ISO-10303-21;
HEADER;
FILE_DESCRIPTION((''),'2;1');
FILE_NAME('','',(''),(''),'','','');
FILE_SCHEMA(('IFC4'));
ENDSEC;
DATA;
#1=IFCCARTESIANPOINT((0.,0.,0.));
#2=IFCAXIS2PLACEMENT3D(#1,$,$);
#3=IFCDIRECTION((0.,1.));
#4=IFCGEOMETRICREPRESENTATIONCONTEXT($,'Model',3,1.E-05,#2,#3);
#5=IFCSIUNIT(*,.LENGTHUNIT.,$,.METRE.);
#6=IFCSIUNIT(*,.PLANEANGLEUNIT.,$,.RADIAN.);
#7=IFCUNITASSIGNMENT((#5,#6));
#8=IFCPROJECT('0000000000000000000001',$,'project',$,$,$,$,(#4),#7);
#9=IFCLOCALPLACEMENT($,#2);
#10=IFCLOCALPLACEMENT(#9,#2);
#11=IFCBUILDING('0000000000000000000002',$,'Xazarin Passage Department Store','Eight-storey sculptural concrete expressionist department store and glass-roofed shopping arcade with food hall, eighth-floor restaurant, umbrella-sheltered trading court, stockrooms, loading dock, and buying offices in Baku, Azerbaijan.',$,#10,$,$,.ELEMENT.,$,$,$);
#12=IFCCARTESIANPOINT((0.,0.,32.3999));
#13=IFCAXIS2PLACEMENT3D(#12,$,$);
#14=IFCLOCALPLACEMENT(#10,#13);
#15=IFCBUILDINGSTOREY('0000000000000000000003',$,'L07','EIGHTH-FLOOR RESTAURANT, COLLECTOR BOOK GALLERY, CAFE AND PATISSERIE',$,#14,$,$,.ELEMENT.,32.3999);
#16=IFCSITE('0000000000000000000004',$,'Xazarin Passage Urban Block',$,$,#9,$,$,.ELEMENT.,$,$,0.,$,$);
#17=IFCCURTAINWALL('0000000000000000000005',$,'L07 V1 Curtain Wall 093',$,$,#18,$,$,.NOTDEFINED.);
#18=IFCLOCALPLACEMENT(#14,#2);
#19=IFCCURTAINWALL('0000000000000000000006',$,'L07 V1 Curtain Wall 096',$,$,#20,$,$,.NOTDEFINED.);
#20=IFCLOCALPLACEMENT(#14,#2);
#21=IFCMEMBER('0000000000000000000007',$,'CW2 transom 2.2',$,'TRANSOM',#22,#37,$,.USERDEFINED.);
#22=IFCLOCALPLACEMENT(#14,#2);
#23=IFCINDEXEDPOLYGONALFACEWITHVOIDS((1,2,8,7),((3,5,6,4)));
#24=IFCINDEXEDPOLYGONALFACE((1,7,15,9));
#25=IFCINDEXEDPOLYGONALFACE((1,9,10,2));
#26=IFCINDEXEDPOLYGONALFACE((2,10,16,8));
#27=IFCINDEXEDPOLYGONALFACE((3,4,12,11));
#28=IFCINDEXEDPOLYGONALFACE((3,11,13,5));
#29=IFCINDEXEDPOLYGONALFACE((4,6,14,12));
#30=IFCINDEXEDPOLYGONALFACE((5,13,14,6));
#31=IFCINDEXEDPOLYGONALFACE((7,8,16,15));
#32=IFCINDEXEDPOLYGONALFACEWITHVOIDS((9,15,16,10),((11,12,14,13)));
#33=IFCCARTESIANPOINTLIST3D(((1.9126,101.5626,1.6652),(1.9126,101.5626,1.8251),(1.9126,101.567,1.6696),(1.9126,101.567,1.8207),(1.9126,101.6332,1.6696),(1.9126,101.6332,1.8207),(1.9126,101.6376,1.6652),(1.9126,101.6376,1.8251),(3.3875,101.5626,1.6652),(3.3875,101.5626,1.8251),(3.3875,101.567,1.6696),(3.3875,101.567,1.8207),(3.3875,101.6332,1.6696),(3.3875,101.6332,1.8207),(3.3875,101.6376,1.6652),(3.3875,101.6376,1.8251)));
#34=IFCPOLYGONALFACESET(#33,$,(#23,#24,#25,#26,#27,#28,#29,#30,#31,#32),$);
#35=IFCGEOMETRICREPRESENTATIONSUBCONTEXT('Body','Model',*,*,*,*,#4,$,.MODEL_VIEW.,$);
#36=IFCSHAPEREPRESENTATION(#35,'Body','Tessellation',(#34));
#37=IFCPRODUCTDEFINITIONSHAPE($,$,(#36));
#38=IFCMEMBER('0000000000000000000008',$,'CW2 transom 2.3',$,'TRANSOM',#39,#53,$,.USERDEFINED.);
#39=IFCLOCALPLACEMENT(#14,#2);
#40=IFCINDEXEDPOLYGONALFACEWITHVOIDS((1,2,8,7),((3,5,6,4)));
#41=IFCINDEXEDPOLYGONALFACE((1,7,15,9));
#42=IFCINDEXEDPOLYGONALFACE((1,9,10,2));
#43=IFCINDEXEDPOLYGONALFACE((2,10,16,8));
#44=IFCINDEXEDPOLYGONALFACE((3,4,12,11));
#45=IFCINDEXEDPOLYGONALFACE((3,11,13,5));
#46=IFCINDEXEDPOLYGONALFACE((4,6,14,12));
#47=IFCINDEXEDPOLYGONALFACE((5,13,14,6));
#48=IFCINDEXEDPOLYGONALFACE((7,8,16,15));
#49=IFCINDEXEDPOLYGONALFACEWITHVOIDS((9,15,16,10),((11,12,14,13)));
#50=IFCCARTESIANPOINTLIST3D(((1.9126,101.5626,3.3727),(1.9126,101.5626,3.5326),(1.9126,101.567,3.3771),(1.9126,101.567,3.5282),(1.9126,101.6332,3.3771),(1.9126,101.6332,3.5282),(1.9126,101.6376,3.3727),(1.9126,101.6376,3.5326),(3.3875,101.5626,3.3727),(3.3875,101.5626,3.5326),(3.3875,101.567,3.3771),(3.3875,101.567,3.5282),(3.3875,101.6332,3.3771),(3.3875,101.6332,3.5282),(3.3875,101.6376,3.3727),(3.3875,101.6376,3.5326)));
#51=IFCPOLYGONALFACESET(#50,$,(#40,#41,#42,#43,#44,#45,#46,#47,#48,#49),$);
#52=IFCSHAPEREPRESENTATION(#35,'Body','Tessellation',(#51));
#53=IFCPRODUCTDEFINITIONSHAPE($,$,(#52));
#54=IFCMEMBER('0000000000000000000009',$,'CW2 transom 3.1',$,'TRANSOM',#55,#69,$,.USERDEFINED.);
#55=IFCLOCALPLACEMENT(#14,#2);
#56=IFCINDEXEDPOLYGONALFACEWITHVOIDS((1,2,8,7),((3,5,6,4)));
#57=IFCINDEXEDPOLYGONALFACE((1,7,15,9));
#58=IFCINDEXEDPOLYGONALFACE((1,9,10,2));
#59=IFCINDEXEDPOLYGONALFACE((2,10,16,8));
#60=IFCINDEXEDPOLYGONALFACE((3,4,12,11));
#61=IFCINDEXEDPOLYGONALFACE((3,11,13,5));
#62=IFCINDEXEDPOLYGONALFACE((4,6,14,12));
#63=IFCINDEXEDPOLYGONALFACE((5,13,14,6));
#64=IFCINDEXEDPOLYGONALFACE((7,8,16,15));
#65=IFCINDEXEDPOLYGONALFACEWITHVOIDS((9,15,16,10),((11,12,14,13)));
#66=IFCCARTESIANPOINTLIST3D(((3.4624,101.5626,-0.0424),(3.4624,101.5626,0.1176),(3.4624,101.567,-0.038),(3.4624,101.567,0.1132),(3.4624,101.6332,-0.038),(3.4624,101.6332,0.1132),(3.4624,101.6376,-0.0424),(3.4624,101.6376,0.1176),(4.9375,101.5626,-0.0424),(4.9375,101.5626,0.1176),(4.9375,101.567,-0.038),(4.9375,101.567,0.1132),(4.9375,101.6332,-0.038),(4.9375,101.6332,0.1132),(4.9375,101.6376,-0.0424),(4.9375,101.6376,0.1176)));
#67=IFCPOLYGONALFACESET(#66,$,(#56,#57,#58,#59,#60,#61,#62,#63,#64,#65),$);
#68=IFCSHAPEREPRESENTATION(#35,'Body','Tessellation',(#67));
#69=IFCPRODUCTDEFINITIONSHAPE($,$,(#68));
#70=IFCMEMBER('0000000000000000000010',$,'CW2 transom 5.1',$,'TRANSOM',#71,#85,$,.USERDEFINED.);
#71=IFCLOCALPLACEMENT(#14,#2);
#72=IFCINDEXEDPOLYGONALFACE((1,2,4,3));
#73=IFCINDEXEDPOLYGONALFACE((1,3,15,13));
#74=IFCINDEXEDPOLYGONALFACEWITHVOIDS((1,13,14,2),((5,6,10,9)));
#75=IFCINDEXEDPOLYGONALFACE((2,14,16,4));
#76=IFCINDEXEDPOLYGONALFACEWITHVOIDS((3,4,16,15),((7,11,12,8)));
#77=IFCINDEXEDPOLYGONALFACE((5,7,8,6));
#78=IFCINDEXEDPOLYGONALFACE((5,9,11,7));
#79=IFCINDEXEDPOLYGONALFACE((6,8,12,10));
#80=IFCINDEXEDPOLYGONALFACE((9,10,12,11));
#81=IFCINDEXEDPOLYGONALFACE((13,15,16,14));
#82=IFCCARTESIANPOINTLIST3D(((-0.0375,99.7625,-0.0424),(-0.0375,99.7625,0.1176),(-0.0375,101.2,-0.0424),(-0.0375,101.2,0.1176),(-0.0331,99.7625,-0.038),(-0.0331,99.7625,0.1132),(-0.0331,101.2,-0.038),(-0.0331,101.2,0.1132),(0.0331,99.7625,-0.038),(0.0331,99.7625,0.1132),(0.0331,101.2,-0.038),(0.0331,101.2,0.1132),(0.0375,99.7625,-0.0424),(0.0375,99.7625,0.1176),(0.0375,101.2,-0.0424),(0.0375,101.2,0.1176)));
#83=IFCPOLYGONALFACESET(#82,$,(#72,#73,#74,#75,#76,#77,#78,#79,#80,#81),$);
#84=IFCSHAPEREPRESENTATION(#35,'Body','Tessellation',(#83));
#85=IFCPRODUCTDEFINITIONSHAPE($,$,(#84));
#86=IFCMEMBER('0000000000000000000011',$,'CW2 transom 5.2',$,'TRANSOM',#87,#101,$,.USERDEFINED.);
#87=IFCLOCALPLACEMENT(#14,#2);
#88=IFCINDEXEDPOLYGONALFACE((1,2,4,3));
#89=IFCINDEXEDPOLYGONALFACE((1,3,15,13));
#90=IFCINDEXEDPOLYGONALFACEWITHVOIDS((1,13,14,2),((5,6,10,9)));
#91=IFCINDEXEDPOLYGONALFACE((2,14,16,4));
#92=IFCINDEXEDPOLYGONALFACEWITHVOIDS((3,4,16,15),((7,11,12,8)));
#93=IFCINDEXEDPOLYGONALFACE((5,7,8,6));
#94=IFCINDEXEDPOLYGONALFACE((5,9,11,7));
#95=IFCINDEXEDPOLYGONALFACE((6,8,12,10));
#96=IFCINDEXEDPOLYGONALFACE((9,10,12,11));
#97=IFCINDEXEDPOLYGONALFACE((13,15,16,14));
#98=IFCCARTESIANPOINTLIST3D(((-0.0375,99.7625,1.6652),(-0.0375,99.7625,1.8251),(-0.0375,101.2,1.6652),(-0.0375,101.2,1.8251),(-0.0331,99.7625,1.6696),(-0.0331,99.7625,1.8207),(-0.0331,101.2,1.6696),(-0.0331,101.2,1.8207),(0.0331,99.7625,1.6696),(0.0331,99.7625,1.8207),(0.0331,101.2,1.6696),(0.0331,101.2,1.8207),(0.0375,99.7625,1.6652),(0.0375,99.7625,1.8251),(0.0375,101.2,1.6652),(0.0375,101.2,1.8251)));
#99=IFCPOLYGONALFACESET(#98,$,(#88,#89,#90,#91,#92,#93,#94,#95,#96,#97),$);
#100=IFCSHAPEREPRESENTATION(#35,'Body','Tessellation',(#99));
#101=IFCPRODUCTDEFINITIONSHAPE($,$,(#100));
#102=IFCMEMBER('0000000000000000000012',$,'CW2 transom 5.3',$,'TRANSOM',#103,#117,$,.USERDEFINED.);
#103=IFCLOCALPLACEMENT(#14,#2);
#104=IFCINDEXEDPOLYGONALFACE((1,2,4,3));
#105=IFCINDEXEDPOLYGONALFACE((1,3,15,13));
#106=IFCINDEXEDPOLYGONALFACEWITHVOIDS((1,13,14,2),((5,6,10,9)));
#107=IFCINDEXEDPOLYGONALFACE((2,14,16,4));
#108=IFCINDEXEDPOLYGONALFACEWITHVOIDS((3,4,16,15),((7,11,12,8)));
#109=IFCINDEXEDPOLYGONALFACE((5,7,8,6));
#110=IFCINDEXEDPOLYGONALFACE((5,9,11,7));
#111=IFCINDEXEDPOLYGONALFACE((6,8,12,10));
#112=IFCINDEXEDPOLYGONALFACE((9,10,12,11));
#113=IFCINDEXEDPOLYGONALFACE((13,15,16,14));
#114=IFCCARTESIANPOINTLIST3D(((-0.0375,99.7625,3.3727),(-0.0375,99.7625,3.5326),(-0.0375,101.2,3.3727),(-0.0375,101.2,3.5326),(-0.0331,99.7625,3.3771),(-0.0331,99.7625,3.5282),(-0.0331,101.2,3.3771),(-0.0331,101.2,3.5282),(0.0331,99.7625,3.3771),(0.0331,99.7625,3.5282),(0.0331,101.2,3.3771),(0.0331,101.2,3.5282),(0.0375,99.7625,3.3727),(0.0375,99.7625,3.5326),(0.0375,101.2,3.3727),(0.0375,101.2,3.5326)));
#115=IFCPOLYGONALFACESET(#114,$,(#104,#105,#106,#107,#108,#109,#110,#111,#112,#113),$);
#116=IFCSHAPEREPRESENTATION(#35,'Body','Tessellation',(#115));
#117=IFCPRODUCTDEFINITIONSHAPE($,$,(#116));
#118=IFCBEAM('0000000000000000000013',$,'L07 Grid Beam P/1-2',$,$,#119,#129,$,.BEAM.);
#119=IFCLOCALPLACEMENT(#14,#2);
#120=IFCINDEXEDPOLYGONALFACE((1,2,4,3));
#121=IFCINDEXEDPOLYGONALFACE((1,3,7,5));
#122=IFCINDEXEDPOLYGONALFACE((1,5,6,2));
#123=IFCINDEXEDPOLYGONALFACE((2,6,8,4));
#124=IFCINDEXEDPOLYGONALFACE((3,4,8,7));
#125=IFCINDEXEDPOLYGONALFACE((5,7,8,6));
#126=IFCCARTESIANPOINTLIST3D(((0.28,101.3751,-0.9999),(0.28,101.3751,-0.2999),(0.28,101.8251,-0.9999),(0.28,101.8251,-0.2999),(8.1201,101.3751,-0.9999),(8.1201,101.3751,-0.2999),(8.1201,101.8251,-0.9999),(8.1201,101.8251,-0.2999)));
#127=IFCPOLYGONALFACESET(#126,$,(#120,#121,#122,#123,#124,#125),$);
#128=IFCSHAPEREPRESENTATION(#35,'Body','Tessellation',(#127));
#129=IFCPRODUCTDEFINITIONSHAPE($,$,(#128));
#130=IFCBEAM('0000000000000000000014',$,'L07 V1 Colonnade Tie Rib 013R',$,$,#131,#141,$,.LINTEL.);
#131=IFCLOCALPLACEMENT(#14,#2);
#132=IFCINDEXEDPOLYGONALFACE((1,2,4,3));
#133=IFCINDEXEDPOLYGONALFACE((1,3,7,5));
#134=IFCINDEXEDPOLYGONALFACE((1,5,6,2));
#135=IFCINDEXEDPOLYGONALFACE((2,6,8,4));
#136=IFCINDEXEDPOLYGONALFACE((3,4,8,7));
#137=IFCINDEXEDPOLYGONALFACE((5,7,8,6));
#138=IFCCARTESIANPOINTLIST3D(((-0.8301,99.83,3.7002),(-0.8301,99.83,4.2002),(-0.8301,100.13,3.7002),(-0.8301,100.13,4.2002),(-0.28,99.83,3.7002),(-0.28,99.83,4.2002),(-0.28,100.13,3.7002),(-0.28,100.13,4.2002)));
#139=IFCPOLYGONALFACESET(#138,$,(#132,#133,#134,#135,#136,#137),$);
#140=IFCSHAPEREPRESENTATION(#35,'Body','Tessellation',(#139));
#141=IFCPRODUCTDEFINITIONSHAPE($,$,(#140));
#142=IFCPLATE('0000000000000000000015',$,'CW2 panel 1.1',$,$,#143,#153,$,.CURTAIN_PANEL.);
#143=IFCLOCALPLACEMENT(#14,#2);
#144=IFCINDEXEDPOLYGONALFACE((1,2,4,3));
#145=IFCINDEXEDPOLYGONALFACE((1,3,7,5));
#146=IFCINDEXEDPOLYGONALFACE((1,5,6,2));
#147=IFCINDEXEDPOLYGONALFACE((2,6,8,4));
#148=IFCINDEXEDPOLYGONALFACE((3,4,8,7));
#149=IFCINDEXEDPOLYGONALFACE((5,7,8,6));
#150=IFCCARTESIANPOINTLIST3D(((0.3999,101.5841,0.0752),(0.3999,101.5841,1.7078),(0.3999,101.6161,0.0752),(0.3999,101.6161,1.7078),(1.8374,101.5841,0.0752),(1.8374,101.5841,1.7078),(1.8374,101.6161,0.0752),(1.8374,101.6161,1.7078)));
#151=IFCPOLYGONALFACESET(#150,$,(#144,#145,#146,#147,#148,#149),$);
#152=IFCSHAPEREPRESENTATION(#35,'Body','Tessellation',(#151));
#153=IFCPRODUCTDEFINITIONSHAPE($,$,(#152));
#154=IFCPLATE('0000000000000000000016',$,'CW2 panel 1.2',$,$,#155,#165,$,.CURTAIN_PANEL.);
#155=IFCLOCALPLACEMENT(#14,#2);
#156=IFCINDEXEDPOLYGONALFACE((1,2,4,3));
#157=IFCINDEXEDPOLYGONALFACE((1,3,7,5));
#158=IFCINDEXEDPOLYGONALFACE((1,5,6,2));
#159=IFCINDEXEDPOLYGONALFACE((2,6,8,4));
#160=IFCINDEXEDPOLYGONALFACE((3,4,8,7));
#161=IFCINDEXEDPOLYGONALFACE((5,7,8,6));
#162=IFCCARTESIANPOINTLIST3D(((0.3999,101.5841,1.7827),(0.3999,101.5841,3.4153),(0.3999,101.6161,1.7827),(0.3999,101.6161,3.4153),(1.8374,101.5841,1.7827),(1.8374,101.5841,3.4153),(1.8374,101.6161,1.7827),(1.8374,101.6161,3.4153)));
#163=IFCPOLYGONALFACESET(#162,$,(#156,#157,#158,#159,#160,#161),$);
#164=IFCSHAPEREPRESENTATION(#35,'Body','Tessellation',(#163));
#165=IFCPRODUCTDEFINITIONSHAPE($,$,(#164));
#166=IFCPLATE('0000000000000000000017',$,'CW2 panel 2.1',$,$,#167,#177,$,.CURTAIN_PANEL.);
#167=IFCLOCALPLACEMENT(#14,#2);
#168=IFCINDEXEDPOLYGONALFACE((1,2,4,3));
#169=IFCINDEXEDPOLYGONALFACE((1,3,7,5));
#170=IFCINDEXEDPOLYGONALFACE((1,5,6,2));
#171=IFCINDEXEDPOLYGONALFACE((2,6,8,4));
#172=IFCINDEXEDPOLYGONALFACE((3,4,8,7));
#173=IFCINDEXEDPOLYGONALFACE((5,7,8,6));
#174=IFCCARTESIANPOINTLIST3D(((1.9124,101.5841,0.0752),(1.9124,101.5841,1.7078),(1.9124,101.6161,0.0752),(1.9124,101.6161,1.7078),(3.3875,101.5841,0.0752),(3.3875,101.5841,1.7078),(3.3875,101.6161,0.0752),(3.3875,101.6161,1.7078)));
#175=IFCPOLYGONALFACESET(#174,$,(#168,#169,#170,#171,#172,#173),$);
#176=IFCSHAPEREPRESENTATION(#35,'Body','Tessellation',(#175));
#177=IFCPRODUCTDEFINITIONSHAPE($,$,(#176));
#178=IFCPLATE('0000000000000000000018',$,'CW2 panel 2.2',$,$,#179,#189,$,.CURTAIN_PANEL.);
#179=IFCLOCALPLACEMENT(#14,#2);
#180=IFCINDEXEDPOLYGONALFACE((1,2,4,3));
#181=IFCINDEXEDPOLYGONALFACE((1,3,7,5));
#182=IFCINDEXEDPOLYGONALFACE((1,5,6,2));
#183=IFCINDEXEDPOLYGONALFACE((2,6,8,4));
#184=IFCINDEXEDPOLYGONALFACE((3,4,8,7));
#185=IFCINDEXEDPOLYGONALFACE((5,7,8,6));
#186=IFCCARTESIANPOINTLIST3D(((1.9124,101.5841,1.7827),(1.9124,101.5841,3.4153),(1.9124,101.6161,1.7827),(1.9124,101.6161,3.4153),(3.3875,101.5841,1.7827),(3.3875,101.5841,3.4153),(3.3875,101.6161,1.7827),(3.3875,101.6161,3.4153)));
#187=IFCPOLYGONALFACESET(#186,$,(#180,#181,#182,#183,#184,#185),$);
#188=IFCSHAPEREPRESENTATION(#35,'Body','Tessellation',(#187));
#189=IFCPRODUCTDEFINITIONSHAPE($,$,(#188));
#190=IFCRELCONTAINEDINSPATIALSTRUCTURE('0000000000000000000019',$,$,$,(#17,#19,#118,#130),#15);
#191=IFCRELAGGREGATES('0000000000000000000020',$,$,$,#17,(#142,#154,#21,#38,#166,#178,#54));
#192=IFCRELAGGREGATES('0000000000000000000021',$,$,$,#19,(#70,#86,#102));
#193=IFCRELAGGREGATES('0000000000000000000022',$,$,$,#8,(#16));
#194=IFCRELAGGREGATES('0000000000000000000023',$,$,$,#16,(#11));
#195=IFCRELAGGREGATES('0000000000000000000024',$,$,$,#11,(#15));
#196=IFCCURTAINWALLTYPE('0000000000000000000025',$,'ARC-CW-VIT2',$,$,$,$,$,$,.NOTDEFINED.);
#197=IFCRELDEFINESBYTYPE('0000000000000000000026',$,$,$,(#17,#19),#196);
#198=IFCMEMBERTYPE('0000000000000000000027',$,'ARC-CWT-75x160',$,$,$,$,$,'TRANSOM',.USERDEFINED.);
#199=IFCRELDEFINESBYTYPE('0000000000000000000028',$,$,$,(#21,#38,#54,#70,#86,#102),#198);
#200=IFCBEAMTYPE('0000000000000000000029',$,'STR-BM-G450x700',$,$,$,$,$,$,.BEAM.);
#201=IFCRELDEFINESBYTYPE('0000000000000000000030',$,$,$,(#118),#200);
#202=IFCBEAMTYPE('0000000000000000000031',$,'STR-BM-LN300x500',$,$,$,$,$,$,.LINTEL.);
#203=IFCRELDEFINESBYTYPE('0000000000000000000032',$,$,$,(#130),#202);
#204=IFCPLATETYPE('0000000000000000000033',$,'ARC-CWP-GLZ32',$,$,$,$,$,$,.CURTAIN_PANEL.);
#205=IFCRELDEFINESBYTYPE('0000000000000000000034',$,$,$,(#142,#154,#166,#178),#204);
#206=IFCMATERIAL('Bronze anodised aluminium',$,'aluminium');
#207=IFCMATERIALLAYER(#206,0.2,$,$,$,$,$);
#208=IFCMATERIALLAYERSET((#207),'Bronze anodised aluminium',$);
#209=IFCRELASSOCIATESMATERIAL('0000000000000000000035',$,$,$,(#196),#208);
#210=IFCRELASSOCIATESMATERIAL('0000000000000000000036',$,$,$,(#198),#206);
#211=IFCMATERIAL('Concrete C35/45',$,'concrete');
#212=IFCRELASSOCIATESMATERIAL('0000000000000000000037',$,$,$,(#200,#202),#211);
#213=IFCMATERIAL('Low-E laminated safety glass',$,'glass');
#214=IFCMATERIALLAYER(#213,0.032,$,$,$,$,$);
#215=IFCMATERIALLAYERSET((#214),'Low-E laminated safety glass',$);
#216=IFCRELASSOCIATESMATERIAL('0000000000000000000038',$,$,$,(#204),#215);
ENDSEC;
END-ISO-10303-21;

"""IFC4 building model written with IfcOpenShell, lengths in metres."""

from ifc_helpers import new_model, si_unit, direction, frame, origin, origin_2d, place, context, subcontext, project, spatial, rectangle, hollow_rectangle, extrude, material, layer, layer_set, material_profile, profile_set, type_object, element, aggregate, save


model = new_model("IFC4")

# Units and contexts
model_context = context("Model", 3, precision=1e-05, world=origin(), true_north=direction((0.0, 1.0)))
body_context = subcontext(model_context, "Body", "Model", "MODEL_VIEW")
ifc_project = project(units=[si_unit("LENGTHUNIT", "METRE"), si_unit("PLANEANGLEUNIT", "RADIAN")], contexts=[model_context])

# Site, building, storey
site_placement = place(None, origin())
site = spatial("IfcSite", under=ifc_project, at=site_placement, Name="Xazarin Passage Urban Block", CompositionType="ELEMENT", RefElevation=0.0)
building_placement = place(site_placement, origin())
building = spatial("IfcBuilding", under=site, at=building_placement, Name="Xazarin Passage Department Store", Description="Eight-storey sculptural concrete expressionist department store and glass-roofed shopping arcade with food hall, eighth-floor restaurant, umbrella-sheltered trading court, stockrooms, loading dock, and buying offices in Baku, Azerbaijan.", CompositionType="ELEMENT")
storey_placement = place(building_placement, frame((0.0, 0.0, 32.3999)))
storey = spatial("IfcBuildingStorey", under=building, at=storey_placement, Name="L07", Description="EIGHTH-FLOOR RESTAURANT, COLLECTOR BOOK GALLERY, CAFE AND PATISSERIE", CompositionType="ELEMENT", Elevation=32.3999)

# Curtain walls
ifc_material_1 = material(Name="Bronze anodised aluminium", Category="aluminium")
ifc_layer_1 = layer(ifc_material_1, 0.2)
ifc_layer_set_1 = layer_set([ifc_layer_1], Name="Bronze anodised aluminium")
curtain_wall_type = type_object("IfcCurtainWallType", Name="ARC-CW-VIT2", PredefinedType="NOTDEFINED", material=ifc_layer_set_1)
curtain_wall_1_placement = place(storey_placement, origin())
curtain_wall_1 = element("IfcCurtainWall", 1, at=curtain_wall_1_placement, inside=storey, type_object=curtain_wall_type, Name="L07 V1 Curtain Wall 093", PredefinedType="NOTDEFINED")
curtain_wall_2_placement = place(storey_placement, origin())
curtain_wall_2 = element("IfcCurtainWall", 2, at=curtain_wall_2_placement, inside=storey, type_object=curtain_wall_type, Name="L07 V1 Curtain Wall 096", PredefinedType="NOTDEFINED")

# Members
ifc_material_profile_1 = material_profile(ifc_material_1, hollow_rectangle(XDim=0.075, YDim=0.1599, WallThickness=0.0044, at=origin_2d()), Name="ALU 75x160")
ifc_profile_set_1 = profile_set([ifc_material_profile_1], Name="Bronze anodised aluminium")
member_type_1 = type_object("IfcMemberType", Name="ARC-CWT-75x160", ElementType="TRANSOM", PredefinedType="USERDEFINED", material=ifc_profile_set_1)
member_1_placement = place(storey_placement, frame((1.9126, 101.6001, 1.7451), z_axis=(1.0, 0.0, 0.0), x_axis=(0.0, 1.0, 0.0)))
member_1 = element("IfcMember", 3, at=member_1_placement, type_object=member_type_1, Name="CW2 transom 2.2", ObjectType="TRANSOM", PredefinedType="USERDEFINED", context=body_context, shape_type="SweptSolid", body=[
    extrude(hollow_rectangle(XDim=0.075, YDim=0.1599, WallThickness=0.0044, at=origin_2d()), origin(), (0.0, 0.0, 1.0), 1.4749),
])
member_2_placement = place(storey_placement, frame((1.9126, 101.6001, 3.4526), z_axis=(1.0, 0.0, 0.0), x_axis=(0.0, 1.0, 0.0)))
member_2 = element("IfcMember", 4, at=member_2_placement, type_object=member_type_1, Name="CW2 transom 2.3", ObjectType="TRANSOM", PredefinedType="USERDEFINED", context=body_context, shape_type="SweptSolid", body=[
    extrude(hollow_rectangle(XDim=0.075, YDim=0.1599, WallThickness=0.0044, at=origin_2d()), origin(), (0.0, 0.0, 1.0), 1.4749),
])
member_3_placement = place(storey_placement, frame((3.4624, 101.6001, 0.0376), z_axis=(1.0, 0.0, 0.0), x_axis=(0.0, 1.0, 0.0)))
member_3 = element("IfcMember", 5, at=member_3_placement, type_object=member_type_1, Name="CW2 transom 3.1", ObjectType="TRANSOM", PredefinedType="USERDEFINED", context=body_context, shape_type="SweptSolid", body=[
    extrude(hollow_rectangle(XDim=0.075, YDim=0.1599, WallThickness=0.0044, at=origin_2d()), origin(), (0.0, 0.0, 1.0), 1.4751),
])
member_4_placement = place(storey_placement, frame((0.0, 99.7625, 0.0376), z_axis=(0.0, 1.0, 0.0), x_axis=(-1.0, 0.0, 0.0)))
member_4 = element("IfcMember", 6, at=member_4_placement, type_object=member_type_1, Name="CW2 transom 5.1", ObjectType="TRANSOM", PredefinedType="USERDEFINED", context=body_context, shape_type="SweptSolid", body=[
    extrude(hollow_rectangle(XDim=0.075, YDim=0.1599, WallThickness=0.0044, at=origin_2d()), origin(), (0.0, 0.0, 1.0), 1.4375),
])
member_5_placement = place(storey_placement, frame((0.0, 99.7625, 1.7451), z_axis=(0.0, 1.0, 0.0), x_axis=(-1.0, 0.0, 0.0)))
member_5 = element("IfcMember", 7, at=member_5_placement, type_object=member_type_1, Name="CW2 transom 5.2", ObjectType="TRANSOM", PredefinedType="USERDEFINED", context=body_context, shape_type="SweptSolid", body=[
    extrude(hollow_rectangle(XDim=0.075, YDim=0.1599, WallThickness=0.0044, at=origin_2d()), origin(), (0.0, 0.0, 1.0), 1.4375),
])
member_6_placement = place(storey_placement, frame((0.0, 99.7625, 3.4526), z_axis=(0.0, 1.0, 0.0), x_axis=(-1.0, 0.0, 0.0)))
member_6 = element("IfcMember", 8, at=member_6_placement, type_object=member_type_1, Name="CW2 transom 5.3", ObjectType="TRANSOM", PredefinedType="USERDEFINED", context=body_context, shape_type="SweptSolid", body=[
    extrude(hollow_rectangle(XDim=0.075, YDim=0.1599, WallThickness=0.0044, at=origin_2d()), origin(), (0.0, 0.0, 1.0), 1.4375),
])

# Beams
ifc_material_2 = material(Name="Concrete C35/45", Category="concrete")
ifc_material_profile_2 = material_profile(ifc_material_2, rectangle(XDim=0.45, YDim=0.7, at=origin_2d()), Name="RC 450x700")
ifc_profile_set_2 = profile_set([ifc_material_profile_2], Name="Concrete C35/45")
beam_type_1 = type_object("IfcBeamType", Name="STR-BM-G450x700", PredefinedType="BEAM", material=ifc_profile_set_2)
beam_1_placement = place(storey_placement, frame((0.28, 101.6001, -0.6499), z_axis=(1.0, 0.0, 0.0), x_axis=(0.0, 1.0, 0.0)))
element("IfcBeam", 9, at=beam_1_placement, inside=storey, type_object=beam_type_1, Name="L07 Grid Beam P/1-2", PredefinedType="BEAM", context=body_context, shape_type="SweptSolid", body=[
    extrude(rectangle(XDim=0.45, YDim=0.7, at=origin_2d()), origin(), (0.0, 0.0, 1.0), 7.8401),
])
ifc_material_profile_3 = material_profile(ifc_material_2, rectangle(XDim=0.3, YDim=0.5, at=origin_2d()), Name="RC 300x500")
ifc_profile_set_3 = profile_set([ifc_material_profile_3], Name="Concrete C35/45")
beam_type_2 = type_object("IfcBeamType", Name="STR-BM-LN300x500", PredefinedType="LINTEL", material=ifc_profile_set_3)
beam_2_placement = place(storey_placement, frame((-0.28, 99.98, 3.9502), z_axis=(-1.0, 0.0, 0.0), x_axis=(0.0, -1.0, 0.0)))
element("IfcBeam", 10, at=beam_2_placement, inside=storey, type_object=beam_type_2, Name="L07 V1 Colonnade Tie Rib 013R", PredefinedType="LINTEL", context=body_context, shape_type="SweptSolid", body=[
    extrude(rectangle(XDim=0.3, YDim=0.5, at=origin_2d()), origin(), (0.0, 0.0, 1.0), 0.55),
])

# Plates
ifc_material_3 = material(Name="Low-E laminated safety glass", Category="glass")
ifc_layer_2 = layer(ifc_material_3, 0.032)
ifc_layer_set_2 = layer_set([ifc_layer_2], Name="Low-E laminated safety glass")
plate_type_1 = type_object("IfcPlateType", Name="ARC-CWP-GLZ32", PredefinedType="CURTAIN_PANEL", material=ifc_layer_set_2)
plate_1_placement = place(storey_placement, frame((1.1187, 101.6001, 0.0752), z_axis=(0.0, 0.0, 1.0), x_axis=(1.0, 0.0, 0.0)))
plate_1 = element("IfcPlate", 11, at=plate_1_placement, type_object=plate_type_1, Name="CW2 panel 1.1", PredefinedType="CURTAIN_PANEL", context=body_context, shape_type="SweptSolid", body=[
    extrude(rectangle(XDim=1.4375, YDim=0.032, at=origin_2d()), origin(), (0.0, 0.0, 1.0), 1.6326),
])
plate_2_placement = place(storey_placement, frame((1.1187, 101.6001, 1.7827), z_axis=(0.0, 0.0, 1.0), x_axis=(1.0, 0.0, 0.0)))
plate_2 = element("IfcPlate", 12, at=plate_2_placement, type_object=plate_type_1, Name="CW2 panel 1.2", PredefinedType="CURTAIN_PANEL", context=body_context, shape_type="SweptSolid", body=[
    extrude(rectangle(XDim=1.4375, YDim=0.032, at=origin_2d()), origin(), (0.0, 0.0, 1.0), 1.6326),
])
plate_3_placement = place(storey_placement, frame((2.6499, 101.6001, 0.0752), z_axis=(0.0, 0.0, 1.0), x_axis=(1.0, 0.0, 0.0)))
plate_3 = element("IfcPlate", 13, at=plate_3_placement, type_object=plate_type_1, Name="CW2 panel 2.1", PredefinedType="CURTAIN_PANEL", context=body_context, shape_type="SweptSolid", body=[
    extrude(rectangle(XDim=1.4751, YDim=0.032, at=origin_2d()), origin(), (0.0, 0.0, 1.0), 1.6326),
])
plate_4_placement = place(storey_placement, frame((2.6499, 101.6001, 1.7827), z_axis=(0.0, 0.0, 1.0), x_axis=(1.0, 0.0, 0.0)))
plate_4 = element("IfcPlate", 14, at=plate_4_placement, type_object=plate_type_1, Name="CW2 panel 2.2", PredefinedType="CURTAIN_PANEL", context=body_context, shape_type="SweptSolid", body=[
    extrude(rectangle(XDim=1.4751, YDim=0.032, at=origin_2d()), origin(), (0.0, 0.0, 1.0), 1.6326),
])
aggregate(curtain_wall_1, [plate_1, plate_2, member_1, member_2, plate_3, plate_4, member_3])
aggregate(curtain_wall_2, [member_4, member_5, member_6])

save(model, "model.ifc")
